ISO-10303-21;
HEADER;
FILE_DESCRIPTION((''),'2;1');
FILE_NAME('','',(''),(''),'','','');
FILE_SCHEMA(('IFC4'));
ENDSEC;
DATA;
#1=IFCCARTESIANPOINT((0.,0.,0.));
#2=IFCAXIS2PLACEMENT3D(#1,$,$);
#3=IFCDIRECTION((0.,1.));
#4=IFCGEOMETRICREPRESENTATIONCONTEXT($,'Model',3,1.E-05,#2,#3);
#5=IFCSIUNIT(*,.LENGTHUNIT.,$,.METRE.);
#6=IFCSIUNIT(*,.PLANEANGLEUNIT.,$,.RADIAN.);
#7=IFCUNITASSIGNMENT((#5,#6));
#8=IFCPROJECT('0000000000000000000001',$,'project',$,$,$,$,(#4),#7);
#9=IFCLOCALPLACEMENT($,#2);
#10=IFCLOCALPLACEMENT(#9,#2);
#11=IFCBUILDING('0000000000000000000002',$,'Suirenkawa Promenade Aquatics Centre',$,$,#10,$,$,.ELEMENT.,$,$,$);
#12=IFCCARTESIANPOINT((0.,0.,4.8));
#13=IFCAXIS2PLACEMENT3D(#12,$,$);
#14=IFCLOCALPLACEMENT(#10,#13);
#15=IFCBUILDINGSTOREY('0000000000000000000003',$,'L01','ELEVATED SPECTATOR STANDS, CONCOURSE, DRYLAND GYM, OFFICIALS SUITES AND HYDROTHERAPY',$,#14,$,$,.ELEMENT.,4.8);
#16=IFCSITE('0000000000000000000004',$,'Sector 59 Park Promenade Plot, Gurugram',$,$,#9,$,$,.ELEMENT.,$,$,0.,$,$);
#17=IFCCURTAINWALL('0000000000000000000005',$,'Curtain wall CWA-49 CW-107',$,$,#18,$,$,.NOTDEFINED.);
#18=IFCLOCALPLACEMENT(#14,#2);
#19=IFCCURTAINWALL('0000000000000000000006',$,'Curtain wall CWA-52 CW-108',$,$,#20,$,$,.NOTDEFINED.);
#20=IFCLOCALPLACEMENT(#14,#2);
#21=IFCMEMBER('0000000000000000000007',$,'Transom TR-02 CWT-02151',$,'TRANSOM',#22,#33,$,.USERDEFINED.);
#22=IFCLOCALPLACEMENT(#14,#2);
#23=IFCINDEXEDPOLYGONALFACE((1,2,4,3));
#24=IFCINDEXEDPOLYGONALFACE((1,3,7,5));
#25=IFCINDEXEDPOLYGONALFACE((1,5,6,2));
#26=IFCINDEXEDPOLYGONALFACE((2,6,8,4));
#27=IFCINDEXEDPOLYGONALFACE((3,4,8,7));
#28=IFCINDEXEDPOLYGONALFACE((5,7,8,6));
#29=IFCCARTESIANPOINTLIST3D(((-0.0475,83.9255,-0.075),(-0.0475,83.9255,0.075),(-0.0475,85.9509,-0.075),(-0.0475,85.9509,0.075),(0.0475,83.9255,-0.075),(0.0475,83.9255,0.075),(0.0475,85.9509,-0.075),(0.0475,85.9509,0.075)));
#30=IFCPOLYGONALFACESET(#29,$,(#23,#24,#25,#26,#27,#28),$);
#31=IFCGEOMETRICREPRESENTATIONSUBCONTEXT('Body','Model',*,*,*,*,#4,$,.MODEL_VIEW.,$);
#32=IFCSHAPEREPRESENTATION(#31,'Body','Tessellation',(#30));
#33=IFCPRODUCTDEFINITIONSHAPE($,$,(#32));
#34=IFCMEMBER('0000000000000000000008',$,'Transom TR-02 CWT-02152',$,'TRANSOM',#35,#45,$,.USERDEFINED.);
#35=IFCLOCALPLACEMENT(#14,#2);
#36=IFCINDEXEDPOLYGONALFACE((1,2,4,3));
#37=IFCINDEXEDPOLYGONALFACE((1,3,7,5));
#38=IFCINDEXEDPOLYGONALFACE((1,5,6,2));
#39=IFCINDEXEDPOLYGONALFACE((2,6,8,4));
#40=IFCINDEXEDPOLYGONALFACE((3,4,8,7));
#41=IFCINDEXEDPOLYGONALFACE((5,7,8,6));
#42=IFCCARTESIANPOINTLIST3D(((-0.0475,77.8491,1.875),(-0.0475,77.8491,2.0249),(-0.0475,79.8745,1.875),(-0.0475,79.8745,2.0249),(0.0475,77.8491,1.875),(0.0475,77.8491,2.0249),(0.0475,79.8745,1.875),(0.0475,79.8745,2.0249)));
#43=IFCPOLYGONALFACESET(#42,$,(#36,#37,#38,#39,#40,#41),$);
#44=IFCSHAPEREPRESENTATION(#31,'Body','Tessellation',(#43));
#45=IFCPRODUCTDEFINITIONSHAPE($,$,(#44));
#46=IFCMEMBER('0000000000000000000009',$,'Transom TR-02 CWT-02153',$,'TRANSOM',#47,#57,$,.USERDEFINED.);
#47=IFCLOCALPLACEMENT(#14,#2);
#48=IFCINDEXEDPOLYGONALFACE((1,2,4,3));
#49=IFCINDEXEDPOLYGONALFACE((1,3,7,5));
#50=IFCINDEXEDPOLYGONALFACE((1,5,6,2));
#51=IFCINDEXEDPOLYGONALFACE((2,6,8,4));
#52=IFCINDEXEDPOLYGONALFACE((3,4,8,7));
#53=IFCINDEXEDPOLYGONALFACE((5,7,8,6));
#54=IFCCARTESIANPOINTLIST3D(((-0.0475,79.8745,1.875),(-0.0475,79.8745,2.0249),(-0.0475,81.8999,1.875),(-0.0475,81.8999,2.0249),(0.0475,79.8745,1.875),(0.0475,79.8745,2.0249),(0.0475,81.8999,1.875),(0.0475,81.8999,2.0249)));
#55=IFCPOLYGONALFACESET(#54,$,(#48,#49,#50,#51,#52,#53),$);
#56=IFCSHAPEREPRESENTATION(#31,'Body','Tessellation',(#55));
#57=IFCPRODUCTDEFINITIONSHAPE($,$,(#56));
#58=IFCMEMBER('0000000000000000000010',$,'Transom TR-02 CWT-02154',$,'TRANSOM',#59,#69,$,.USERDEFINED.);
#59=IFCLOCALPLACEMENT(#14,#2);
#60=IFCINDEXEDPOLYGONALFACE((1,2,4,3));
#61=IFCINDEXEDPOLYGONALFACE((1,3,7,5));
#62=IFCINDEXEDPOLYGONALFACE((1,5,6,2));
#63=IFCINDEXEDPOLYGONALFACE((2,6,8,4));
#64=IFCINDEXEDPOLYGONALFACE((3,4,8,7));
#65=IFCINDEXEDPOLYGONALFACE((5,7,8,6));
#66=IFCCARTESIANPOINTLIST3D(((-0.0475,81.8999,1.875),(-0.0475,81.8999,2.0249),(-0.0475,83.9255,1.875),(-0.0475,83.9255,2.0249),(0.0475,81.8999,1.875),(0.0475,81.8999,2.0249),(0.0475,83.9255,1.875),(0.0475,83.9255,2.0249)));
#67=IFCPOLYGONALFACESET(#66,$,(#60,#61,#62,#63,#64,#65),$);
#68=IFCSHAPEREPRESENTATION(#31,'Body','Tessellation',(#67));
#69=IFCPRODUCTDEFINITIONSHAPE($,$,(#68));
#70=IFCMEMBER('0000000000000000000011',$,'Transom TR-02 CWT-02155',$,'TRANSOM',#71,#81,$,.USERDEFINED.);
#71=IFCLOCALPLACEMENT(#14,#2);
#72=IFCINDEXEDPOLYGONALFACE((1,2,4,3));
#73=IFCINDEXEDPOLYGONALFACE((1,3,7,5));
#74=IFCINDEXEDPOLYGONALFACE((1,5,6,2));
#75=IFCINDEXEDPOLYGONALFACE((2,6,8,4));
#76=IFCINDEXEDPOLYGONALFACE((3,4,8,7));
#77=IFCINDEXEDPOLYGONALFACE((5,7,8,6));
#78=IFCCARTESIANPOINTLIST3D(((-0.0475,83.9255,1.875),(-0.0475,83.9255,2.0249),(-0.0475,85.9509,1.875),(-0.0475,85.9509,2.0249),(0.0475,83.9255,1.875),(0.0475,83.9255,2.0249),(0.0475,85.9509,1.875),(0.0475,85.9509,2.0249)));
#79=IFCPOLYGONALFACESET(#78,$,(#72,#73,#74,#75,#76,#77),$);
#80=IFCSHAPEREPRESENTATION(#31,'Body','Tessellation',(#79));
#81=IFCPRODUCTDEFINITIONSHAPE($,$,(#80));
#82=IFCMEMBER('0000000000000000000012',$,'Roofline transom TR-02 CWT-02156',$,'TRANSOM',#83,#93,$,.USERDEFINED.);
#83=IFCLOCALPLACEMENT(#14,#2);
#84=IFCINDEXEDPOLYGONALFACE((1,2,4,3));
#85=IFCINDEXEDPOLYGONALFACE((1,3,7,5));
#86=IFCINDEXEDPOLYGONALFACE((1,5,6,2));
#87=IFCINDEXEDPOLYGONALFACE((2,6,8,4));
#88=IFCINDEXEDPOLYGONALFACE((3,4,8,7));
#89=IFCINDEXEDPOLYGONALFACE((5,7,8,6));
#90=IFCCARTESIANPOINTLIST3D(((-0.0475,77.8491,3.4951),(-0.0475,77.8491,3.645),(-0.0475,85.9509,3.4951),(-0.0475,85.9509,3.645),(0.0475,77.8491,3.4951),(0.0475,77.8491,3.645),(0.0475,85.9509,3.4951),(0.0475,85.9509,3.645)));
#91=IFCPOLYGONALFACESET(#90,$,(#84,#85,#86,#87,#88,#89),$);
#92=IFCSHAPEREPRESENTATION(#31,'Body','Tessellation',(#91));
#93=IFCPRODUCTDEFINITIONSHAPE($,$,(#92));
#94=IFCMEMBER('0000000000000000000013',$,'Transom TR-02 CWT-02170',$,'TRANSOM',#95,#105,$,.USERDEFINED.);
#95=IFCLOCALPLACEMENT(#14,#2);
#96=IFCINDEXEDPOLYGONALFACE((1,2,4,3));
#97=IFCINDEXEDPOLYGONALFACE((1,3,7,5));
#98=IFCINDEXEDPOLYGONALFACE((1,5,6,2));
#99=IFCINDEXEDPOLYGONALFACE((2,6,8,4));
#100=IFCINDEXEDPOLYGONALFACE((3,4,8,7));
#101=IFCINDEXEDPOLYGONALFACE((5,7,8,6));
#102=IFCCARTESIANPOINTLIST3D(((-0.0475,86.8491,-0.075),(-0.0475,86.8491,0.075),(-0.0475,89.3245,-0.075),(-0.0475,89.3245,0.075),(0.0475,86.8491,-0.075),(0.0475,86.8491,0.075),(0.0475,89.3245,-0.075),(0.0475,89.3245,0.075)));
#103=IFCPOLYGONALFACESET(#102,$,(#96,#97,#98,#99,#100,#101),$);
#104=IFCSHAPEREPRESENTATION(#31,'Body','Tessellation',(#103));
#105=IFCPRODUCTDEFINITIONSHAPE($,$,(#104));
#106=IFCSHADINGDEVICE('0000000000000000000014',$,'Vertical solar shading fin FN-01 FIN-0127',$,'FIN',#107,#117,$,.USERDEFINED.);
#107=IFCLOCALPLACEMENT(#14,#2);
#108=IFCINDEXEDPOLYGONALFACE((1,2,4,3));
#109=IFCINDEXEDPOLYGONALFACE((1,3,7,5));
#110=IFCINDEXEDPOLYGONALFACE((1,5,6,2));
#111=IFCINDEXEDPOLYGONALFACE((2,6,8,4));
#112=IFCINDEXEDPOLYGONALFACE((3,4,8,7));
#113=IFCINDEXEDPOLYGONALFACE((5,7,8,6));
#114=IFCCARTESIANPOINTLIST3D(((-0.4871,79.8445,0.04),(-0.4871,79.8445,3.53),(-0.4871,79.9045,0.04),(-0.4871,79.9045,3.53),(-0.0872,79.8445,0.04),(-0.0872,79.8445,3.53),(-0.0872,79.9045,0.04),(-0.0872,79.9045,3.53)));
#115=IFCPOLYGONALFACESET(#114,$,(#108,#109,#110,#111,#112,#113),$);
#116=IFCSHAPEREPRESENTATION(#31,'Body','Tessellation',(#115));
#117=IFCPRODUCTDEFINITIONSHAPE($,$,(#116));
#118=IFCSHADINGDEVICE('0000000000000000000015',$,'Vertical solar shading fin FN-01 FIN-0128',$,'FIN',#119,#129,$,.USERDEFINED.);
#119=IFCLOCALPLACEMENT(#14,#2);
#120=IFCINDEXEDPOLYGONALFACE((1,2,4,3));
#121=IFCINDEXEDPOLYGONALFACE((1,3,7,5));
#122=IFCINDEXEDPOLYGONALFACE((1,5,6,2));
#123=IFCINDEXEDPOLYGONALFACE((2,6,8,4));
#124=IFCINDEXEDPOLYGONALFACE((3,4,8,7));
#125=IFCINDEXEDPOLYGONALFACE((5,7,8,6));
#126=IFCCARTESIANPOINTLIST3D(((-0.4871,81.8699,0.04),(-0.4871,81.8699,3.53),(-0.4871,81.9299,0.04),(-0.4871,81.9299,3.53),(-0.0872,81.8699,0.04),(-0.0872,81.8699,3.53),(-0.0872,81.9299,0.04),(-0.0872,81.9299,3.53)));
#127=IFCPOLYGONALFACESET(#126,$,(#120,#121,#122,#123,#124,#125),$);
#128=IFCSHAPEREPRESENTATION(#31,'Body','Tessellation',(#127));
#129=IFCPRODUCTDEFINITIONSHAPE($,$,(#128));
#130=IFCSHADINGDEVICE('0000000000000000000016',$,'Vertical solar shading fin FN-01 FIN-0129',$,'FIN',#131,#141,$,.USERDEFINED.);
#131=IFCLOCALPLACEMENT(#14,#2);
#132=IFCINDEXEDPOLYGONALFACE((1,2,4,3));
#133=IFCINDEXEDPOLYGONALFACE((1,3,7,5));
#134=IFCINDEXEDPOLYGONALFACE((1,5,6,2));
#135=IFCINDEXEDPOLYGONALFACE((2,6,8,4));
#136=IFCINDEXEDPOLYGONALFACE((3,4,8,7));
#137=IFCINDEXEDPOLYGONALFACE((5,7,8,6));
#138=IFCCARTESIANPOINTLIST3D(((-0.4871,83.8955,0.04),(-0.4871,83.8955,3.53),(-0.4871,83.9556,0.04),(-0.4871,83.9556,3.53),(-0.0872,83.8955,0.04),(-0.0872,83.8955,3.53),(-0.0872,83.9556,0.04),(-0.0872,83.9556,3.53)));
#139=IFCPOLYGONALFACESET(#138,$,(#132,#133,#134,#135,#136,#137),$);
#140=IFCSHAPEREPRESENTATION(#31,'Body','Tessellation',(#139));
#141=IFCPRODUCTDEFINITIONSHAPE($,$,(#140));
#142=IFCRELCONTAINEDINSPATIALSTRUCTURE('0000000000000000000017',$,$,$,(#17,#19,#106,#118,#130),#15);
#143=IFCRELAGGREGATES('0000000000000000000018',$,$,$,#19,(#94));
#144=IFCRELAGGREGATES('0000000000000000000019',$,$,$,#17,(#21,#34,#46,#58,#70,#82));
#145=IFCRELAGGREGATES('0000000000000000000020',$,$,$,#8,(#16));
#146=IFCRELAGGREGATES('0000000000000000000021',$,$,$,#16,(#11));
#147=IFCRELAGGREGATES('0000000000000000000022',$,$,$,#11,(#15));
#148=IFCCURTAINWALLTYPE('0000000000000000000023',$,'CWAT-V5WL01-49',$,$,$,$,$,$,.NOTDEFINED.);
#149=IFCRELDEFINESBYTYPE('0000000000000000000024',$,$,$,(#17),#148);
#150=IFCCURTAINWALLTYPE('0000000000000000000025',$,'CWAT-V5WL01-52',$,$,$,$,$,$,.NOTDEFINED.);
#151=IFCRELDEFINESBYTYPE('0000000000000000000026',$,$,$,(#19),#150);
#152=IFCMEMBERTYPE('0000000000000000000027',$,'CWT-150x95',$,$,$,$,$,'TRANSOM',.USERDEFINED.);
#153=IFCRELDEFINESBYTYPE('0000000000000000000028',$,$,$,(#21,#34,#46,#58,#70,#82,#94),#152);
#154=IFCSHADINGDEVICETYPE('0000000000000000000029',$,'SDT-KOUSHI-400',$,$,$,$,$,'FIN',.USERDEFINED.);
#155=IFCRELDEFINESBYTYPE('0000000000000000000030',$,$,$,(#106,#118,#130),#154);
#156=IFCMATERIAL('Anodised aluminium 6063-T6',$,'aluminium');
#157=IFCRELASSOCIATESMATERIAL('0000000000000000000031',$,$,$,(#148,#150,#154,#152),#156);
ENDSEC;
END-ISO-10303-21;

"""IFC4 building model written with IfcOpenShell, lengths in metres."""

from ifc_helpers import new_model, si_unit, direction, frame, origin, origin_2d, place, context, subcontext, project, spatial, rectangle, extrude, material, material_profile, profile_set, type_object, element, aggregate, save


model = new_model("IFC4")

# Units and contexts
model_context = context("Model", 3, precision=1e-05, world=origin(), true_north=direction((0.0, 1.0)))
body_context = subcontext(model_context, "Body", "Model", "MODEL_VIEW")
ifc_project = project(units=[si_unit("LENGTHUNIT", "METRE"), si_unit("PLANEANGLEUNIT", "RADIAN")], contexts=[model_context])

# Site, building, storey
site_placement = place(None, origin())
site = spatial("IfcSite", under=ifc_project, at=site_placement, Name="Sector 59 Park Promenade Plot, Gurugram", CompositionType="ELEMENT", RefElevation=0.0)
building_placement = place(site_placement, origin())
building = spatial("IfcBuilding", under=site, at=building_placement, Name="Suirenkawa Promenade Aquatics Centre", CompositionType="ELEMENT")
storey_placement = place(building_placement, frame((0.0, 0.0, 4.8)))
storey = spatial("IfcBuildingStorey", under=building, at=storey_placement, Name="L01", Description="ELEVATED SPECTATOR STANDS, CONCOURSE, DRYLAND GYM, OFFICIALS SUITES AND HYDROTHERAPY", CompositionType="ELEMENT", Elevation=4.8)

# Shared definitions
ifc_material_1 = material(Name="Anodised aluminium 6063-T6", Category="aluminium")
curtain_wall_type_1 = type_object("IfcCurtainWallType", Name="CWAT-V5WL01-49", PredefinedType="NOTDEFINED", material=ifc_material_1)

# Curtain wall
curtain_wall_1_placement = place(storey_placement, origin())
curtain_wall_1 = element("IfcCurtainWall", 1, at=curtain_wall_1_placement, inside=storey, type_object=curtain_wall_type_1, Name="Curtain wall CWA-49 CW-107", PredefinedType="NOTDEFINED")

# Curtain wall
curtain_wall_type_2 = type_object("IfcCurtainWallType", Name="CWAT-V5WL01-52", PredefinedType="NOTDEFINED", material=ifc_material_1)
curtain_wall_2_placement = place(storey_placement, origin())
curtain_wall_2 = element("IfcCurtainWall", 2, at=curtain_wall_2_placement, inside=storey, type_object=curtain_wall_type_2, Name="Curtain wall CWA-52 CW-108", PredefinedType="NOTDEFINED")

# Members
ifc_material_profile_1 = material_profile(ifc_material_1, rectangle(XDim=0.095, YDim=0.1499, at=origin_2d()), Name="ALU TRAN 95x150", Category="aluminium")
ifc_profile_set_1 = profile_set([ifc_material_profile_1], Name="Anodised aluminium 6063-T6")
member_type_1 = type_object("IfcMemberType", Name="CWT-150x95", ElementType="TRANSOM", PredefinedType="USERDEFINED", material=ifc_profile_set_1)
member_1_placement = place(storey_placement, frame((0.0, 83.9255, 0.0), z_axis=(0.0, 1.0, 0.0), x_axis=(-1.0, 0.0, 0.0)))
member_1 = element("IfcMember", 3, at=member_1_placement, type_object=member_type_1, Name="Transom TR-02 CWT-02151", ObjectType="TRANSOM", PredefinedType="USERDEFINED", context=body_context, shape_type="SweptSolid", body=[
    extrude(rectangle(XDim=0.095, YDim=0.1499, at=origin_2d()), origin(), (0.0, 0.0, 1.0), 2.0254),
])
member_2_placement = place(storey_placement, frame((0.0, 77.8491, 1.95), z_axis=(0.0, 1.0, 0.0), x_axis=(-1.0, 0.0, 0.0)))
member_2 = element("IfcMember", 4, at=member_2_placement, type_object=member_type_1, Name="Transom TR-02 CWT-02152", ObjectType="TRANSOM", PredefinedType="USERDEFINED", context=body_context, shape_type="SweptSolid", body=[
    extrude(rectangle(XDim=0.095, YDim=0.1499, at=origin_2d()), origin(), (0.0, 0.0, 1.0), 2.0254),
])
member_3_placement = place(storey_placement, frame((0.0, 79.8745, 1.95), z_axis=(0.0, 1.0, 0.0), x_axis=(-1.0, 0.0, 0.0)))
member_3 = element("IfcMember", 5, at=member_3_placement, type_object=member_type_1, Name="Transom TR-02 CWT-02153", ObjectType="TRANSOM", PredefinedType="USERDEFINED", context=body_context, shape_type="SweptSolid", body=[
    extrude(rectangle(XDim=0.095, YDim=0.1499, at=origin_2d()), origin(), (0.0, 0.0, 1.0), 2.0254),
])
member_4_placement = place(storey_placement, frame((0.0, 81.8999, 1.95), z_axis=(0.0, 1.0, 0.0), x_axis=(-1.0, 0.0, 0.0)))
member_4 = element("IfcMember", 6, at=member_4_placement, type_object=member_type_1, Name="Transom TR-02 CWT-02154", ObjectType="TRANSOM", PredefinedType="USERDEFINED", context=body_context, shape_type="SweptSolid", body=[
    extrude(rectangle(XDim=0.095, YDim=0.1499, at=origin_2d()), origin(), (0.0, 0.0, 1.0), 2.0256),
])
member_5_placement = place(storey_placement, frame((0.0, 83.9255, 1.95), z_axis=(0.0, 1.0, 0.0), x_axis=(-1.0, 0.0, 0.0)))
member_5 = element("IfcMember", 7, at=member_5_placement, type_object=member_type_1, Name="Transom TR-02 CWT-02155", ObjectType="TRANSOM", PredefinedType="USERDEFINED", context=body_context, shape_type="SweptSolid", body=[
    extrude(rectangle(XDim=0.095, YDim=0.1499, at=origin_2d()), origin(), (0.0, 0.0, 1.0), 2.0254),
])
member_6_placement = place(storey_placement, frame((0.0, 77.8491, 3.5701), z_axis=(0.0, 1.0, 0.0), x_axis=(-1.0, 0.0, 0.0)))
member_6 = element("IfcMember", 8, at=member_6_placement, type_object=member_type_1, Name="Roofline transom TR-02 CWT-02156", ObjectType="TRANSOM", PredefinedType="USERDEFINED", context=body_context, shape_type="SweptSolid", body=[
    extrude(rectangle(XDim=0.095, YDim=0.1499, at=origin_2d()), origin(), (0.0, 0.0, 1.0), 8.1018),
])
member_7_placement = place(storey_placement, frame((0.0, 86.8491, 0.0), z_axis=(0.0, 1.0, 0.0), x_axis=(-1.0, 0.0, 0.0)))
member_7 = element("IfcMember", 9, at=member_7_placement, type_object=member_type_1, Name="Transom TR-02 CWT-02170", ObjectType="TRANSOM", PredefinedType="USERDEFINED", context=body_context, shape_type="SweptSolid", body=[
    extrude(rectangle(XDim=0.095, YDim=0.1499, at=origin_2d()), origin(), (0.0, 0.0, 1.0), 2.4753),
])
aggregate(curtain_wall_2, [member_7])

aggregate(curtain_wall_1, [member_1, member_2, member_3, member_4, member_5, member_6])

# Shading devices
shading_device_type = type_object("IfcShadingDeviceType", Name="SDT-KOUSHI-400", ElementType="FIN", PredefinedType="USERDEFINED", material=ifc_material_1)
for number, where, z_axis, x_axis, name in (
    (10, (-0.2871, 79.8745, 0.04), (0.0, 0.0, 1.0), (-1.0, 0.0, 0.0), "Vertical solar shading fin FN-01 FIN-0127"),
    (11, (-0.2871, 81.8999, 0.04), (0.0, 0.0, 1.0), (-1.0, 0.0, 0.0), "Vertical solar shading fin FN-01 FIN-0128"),
    (12, (-0.2871, 83.9255, 0.04), (0.0, 0.0, 1.0), (-1.0, 0.0, 0.0), "Vertical solar shading fin FN-01 FIN-0129"),
):
    element("IfcShadingDevice", number, at=place(storey_placement, frame(where, z_axis=z_axis, x_axis=x_axis)), inside=storey, type_object=shading_device_type, Name=name, ObjectType="FIN", PredefinedType="USERDEFINED", context=body_context, shape_type="SweptSolid", body=[
        extrude(rectangle(XDim=0.3999, YDim=0.0601, at=origin_2d()), origin(), (0.0, 0.0, 1.0), 3.49),
    ])

save(model, "model.ifc")
